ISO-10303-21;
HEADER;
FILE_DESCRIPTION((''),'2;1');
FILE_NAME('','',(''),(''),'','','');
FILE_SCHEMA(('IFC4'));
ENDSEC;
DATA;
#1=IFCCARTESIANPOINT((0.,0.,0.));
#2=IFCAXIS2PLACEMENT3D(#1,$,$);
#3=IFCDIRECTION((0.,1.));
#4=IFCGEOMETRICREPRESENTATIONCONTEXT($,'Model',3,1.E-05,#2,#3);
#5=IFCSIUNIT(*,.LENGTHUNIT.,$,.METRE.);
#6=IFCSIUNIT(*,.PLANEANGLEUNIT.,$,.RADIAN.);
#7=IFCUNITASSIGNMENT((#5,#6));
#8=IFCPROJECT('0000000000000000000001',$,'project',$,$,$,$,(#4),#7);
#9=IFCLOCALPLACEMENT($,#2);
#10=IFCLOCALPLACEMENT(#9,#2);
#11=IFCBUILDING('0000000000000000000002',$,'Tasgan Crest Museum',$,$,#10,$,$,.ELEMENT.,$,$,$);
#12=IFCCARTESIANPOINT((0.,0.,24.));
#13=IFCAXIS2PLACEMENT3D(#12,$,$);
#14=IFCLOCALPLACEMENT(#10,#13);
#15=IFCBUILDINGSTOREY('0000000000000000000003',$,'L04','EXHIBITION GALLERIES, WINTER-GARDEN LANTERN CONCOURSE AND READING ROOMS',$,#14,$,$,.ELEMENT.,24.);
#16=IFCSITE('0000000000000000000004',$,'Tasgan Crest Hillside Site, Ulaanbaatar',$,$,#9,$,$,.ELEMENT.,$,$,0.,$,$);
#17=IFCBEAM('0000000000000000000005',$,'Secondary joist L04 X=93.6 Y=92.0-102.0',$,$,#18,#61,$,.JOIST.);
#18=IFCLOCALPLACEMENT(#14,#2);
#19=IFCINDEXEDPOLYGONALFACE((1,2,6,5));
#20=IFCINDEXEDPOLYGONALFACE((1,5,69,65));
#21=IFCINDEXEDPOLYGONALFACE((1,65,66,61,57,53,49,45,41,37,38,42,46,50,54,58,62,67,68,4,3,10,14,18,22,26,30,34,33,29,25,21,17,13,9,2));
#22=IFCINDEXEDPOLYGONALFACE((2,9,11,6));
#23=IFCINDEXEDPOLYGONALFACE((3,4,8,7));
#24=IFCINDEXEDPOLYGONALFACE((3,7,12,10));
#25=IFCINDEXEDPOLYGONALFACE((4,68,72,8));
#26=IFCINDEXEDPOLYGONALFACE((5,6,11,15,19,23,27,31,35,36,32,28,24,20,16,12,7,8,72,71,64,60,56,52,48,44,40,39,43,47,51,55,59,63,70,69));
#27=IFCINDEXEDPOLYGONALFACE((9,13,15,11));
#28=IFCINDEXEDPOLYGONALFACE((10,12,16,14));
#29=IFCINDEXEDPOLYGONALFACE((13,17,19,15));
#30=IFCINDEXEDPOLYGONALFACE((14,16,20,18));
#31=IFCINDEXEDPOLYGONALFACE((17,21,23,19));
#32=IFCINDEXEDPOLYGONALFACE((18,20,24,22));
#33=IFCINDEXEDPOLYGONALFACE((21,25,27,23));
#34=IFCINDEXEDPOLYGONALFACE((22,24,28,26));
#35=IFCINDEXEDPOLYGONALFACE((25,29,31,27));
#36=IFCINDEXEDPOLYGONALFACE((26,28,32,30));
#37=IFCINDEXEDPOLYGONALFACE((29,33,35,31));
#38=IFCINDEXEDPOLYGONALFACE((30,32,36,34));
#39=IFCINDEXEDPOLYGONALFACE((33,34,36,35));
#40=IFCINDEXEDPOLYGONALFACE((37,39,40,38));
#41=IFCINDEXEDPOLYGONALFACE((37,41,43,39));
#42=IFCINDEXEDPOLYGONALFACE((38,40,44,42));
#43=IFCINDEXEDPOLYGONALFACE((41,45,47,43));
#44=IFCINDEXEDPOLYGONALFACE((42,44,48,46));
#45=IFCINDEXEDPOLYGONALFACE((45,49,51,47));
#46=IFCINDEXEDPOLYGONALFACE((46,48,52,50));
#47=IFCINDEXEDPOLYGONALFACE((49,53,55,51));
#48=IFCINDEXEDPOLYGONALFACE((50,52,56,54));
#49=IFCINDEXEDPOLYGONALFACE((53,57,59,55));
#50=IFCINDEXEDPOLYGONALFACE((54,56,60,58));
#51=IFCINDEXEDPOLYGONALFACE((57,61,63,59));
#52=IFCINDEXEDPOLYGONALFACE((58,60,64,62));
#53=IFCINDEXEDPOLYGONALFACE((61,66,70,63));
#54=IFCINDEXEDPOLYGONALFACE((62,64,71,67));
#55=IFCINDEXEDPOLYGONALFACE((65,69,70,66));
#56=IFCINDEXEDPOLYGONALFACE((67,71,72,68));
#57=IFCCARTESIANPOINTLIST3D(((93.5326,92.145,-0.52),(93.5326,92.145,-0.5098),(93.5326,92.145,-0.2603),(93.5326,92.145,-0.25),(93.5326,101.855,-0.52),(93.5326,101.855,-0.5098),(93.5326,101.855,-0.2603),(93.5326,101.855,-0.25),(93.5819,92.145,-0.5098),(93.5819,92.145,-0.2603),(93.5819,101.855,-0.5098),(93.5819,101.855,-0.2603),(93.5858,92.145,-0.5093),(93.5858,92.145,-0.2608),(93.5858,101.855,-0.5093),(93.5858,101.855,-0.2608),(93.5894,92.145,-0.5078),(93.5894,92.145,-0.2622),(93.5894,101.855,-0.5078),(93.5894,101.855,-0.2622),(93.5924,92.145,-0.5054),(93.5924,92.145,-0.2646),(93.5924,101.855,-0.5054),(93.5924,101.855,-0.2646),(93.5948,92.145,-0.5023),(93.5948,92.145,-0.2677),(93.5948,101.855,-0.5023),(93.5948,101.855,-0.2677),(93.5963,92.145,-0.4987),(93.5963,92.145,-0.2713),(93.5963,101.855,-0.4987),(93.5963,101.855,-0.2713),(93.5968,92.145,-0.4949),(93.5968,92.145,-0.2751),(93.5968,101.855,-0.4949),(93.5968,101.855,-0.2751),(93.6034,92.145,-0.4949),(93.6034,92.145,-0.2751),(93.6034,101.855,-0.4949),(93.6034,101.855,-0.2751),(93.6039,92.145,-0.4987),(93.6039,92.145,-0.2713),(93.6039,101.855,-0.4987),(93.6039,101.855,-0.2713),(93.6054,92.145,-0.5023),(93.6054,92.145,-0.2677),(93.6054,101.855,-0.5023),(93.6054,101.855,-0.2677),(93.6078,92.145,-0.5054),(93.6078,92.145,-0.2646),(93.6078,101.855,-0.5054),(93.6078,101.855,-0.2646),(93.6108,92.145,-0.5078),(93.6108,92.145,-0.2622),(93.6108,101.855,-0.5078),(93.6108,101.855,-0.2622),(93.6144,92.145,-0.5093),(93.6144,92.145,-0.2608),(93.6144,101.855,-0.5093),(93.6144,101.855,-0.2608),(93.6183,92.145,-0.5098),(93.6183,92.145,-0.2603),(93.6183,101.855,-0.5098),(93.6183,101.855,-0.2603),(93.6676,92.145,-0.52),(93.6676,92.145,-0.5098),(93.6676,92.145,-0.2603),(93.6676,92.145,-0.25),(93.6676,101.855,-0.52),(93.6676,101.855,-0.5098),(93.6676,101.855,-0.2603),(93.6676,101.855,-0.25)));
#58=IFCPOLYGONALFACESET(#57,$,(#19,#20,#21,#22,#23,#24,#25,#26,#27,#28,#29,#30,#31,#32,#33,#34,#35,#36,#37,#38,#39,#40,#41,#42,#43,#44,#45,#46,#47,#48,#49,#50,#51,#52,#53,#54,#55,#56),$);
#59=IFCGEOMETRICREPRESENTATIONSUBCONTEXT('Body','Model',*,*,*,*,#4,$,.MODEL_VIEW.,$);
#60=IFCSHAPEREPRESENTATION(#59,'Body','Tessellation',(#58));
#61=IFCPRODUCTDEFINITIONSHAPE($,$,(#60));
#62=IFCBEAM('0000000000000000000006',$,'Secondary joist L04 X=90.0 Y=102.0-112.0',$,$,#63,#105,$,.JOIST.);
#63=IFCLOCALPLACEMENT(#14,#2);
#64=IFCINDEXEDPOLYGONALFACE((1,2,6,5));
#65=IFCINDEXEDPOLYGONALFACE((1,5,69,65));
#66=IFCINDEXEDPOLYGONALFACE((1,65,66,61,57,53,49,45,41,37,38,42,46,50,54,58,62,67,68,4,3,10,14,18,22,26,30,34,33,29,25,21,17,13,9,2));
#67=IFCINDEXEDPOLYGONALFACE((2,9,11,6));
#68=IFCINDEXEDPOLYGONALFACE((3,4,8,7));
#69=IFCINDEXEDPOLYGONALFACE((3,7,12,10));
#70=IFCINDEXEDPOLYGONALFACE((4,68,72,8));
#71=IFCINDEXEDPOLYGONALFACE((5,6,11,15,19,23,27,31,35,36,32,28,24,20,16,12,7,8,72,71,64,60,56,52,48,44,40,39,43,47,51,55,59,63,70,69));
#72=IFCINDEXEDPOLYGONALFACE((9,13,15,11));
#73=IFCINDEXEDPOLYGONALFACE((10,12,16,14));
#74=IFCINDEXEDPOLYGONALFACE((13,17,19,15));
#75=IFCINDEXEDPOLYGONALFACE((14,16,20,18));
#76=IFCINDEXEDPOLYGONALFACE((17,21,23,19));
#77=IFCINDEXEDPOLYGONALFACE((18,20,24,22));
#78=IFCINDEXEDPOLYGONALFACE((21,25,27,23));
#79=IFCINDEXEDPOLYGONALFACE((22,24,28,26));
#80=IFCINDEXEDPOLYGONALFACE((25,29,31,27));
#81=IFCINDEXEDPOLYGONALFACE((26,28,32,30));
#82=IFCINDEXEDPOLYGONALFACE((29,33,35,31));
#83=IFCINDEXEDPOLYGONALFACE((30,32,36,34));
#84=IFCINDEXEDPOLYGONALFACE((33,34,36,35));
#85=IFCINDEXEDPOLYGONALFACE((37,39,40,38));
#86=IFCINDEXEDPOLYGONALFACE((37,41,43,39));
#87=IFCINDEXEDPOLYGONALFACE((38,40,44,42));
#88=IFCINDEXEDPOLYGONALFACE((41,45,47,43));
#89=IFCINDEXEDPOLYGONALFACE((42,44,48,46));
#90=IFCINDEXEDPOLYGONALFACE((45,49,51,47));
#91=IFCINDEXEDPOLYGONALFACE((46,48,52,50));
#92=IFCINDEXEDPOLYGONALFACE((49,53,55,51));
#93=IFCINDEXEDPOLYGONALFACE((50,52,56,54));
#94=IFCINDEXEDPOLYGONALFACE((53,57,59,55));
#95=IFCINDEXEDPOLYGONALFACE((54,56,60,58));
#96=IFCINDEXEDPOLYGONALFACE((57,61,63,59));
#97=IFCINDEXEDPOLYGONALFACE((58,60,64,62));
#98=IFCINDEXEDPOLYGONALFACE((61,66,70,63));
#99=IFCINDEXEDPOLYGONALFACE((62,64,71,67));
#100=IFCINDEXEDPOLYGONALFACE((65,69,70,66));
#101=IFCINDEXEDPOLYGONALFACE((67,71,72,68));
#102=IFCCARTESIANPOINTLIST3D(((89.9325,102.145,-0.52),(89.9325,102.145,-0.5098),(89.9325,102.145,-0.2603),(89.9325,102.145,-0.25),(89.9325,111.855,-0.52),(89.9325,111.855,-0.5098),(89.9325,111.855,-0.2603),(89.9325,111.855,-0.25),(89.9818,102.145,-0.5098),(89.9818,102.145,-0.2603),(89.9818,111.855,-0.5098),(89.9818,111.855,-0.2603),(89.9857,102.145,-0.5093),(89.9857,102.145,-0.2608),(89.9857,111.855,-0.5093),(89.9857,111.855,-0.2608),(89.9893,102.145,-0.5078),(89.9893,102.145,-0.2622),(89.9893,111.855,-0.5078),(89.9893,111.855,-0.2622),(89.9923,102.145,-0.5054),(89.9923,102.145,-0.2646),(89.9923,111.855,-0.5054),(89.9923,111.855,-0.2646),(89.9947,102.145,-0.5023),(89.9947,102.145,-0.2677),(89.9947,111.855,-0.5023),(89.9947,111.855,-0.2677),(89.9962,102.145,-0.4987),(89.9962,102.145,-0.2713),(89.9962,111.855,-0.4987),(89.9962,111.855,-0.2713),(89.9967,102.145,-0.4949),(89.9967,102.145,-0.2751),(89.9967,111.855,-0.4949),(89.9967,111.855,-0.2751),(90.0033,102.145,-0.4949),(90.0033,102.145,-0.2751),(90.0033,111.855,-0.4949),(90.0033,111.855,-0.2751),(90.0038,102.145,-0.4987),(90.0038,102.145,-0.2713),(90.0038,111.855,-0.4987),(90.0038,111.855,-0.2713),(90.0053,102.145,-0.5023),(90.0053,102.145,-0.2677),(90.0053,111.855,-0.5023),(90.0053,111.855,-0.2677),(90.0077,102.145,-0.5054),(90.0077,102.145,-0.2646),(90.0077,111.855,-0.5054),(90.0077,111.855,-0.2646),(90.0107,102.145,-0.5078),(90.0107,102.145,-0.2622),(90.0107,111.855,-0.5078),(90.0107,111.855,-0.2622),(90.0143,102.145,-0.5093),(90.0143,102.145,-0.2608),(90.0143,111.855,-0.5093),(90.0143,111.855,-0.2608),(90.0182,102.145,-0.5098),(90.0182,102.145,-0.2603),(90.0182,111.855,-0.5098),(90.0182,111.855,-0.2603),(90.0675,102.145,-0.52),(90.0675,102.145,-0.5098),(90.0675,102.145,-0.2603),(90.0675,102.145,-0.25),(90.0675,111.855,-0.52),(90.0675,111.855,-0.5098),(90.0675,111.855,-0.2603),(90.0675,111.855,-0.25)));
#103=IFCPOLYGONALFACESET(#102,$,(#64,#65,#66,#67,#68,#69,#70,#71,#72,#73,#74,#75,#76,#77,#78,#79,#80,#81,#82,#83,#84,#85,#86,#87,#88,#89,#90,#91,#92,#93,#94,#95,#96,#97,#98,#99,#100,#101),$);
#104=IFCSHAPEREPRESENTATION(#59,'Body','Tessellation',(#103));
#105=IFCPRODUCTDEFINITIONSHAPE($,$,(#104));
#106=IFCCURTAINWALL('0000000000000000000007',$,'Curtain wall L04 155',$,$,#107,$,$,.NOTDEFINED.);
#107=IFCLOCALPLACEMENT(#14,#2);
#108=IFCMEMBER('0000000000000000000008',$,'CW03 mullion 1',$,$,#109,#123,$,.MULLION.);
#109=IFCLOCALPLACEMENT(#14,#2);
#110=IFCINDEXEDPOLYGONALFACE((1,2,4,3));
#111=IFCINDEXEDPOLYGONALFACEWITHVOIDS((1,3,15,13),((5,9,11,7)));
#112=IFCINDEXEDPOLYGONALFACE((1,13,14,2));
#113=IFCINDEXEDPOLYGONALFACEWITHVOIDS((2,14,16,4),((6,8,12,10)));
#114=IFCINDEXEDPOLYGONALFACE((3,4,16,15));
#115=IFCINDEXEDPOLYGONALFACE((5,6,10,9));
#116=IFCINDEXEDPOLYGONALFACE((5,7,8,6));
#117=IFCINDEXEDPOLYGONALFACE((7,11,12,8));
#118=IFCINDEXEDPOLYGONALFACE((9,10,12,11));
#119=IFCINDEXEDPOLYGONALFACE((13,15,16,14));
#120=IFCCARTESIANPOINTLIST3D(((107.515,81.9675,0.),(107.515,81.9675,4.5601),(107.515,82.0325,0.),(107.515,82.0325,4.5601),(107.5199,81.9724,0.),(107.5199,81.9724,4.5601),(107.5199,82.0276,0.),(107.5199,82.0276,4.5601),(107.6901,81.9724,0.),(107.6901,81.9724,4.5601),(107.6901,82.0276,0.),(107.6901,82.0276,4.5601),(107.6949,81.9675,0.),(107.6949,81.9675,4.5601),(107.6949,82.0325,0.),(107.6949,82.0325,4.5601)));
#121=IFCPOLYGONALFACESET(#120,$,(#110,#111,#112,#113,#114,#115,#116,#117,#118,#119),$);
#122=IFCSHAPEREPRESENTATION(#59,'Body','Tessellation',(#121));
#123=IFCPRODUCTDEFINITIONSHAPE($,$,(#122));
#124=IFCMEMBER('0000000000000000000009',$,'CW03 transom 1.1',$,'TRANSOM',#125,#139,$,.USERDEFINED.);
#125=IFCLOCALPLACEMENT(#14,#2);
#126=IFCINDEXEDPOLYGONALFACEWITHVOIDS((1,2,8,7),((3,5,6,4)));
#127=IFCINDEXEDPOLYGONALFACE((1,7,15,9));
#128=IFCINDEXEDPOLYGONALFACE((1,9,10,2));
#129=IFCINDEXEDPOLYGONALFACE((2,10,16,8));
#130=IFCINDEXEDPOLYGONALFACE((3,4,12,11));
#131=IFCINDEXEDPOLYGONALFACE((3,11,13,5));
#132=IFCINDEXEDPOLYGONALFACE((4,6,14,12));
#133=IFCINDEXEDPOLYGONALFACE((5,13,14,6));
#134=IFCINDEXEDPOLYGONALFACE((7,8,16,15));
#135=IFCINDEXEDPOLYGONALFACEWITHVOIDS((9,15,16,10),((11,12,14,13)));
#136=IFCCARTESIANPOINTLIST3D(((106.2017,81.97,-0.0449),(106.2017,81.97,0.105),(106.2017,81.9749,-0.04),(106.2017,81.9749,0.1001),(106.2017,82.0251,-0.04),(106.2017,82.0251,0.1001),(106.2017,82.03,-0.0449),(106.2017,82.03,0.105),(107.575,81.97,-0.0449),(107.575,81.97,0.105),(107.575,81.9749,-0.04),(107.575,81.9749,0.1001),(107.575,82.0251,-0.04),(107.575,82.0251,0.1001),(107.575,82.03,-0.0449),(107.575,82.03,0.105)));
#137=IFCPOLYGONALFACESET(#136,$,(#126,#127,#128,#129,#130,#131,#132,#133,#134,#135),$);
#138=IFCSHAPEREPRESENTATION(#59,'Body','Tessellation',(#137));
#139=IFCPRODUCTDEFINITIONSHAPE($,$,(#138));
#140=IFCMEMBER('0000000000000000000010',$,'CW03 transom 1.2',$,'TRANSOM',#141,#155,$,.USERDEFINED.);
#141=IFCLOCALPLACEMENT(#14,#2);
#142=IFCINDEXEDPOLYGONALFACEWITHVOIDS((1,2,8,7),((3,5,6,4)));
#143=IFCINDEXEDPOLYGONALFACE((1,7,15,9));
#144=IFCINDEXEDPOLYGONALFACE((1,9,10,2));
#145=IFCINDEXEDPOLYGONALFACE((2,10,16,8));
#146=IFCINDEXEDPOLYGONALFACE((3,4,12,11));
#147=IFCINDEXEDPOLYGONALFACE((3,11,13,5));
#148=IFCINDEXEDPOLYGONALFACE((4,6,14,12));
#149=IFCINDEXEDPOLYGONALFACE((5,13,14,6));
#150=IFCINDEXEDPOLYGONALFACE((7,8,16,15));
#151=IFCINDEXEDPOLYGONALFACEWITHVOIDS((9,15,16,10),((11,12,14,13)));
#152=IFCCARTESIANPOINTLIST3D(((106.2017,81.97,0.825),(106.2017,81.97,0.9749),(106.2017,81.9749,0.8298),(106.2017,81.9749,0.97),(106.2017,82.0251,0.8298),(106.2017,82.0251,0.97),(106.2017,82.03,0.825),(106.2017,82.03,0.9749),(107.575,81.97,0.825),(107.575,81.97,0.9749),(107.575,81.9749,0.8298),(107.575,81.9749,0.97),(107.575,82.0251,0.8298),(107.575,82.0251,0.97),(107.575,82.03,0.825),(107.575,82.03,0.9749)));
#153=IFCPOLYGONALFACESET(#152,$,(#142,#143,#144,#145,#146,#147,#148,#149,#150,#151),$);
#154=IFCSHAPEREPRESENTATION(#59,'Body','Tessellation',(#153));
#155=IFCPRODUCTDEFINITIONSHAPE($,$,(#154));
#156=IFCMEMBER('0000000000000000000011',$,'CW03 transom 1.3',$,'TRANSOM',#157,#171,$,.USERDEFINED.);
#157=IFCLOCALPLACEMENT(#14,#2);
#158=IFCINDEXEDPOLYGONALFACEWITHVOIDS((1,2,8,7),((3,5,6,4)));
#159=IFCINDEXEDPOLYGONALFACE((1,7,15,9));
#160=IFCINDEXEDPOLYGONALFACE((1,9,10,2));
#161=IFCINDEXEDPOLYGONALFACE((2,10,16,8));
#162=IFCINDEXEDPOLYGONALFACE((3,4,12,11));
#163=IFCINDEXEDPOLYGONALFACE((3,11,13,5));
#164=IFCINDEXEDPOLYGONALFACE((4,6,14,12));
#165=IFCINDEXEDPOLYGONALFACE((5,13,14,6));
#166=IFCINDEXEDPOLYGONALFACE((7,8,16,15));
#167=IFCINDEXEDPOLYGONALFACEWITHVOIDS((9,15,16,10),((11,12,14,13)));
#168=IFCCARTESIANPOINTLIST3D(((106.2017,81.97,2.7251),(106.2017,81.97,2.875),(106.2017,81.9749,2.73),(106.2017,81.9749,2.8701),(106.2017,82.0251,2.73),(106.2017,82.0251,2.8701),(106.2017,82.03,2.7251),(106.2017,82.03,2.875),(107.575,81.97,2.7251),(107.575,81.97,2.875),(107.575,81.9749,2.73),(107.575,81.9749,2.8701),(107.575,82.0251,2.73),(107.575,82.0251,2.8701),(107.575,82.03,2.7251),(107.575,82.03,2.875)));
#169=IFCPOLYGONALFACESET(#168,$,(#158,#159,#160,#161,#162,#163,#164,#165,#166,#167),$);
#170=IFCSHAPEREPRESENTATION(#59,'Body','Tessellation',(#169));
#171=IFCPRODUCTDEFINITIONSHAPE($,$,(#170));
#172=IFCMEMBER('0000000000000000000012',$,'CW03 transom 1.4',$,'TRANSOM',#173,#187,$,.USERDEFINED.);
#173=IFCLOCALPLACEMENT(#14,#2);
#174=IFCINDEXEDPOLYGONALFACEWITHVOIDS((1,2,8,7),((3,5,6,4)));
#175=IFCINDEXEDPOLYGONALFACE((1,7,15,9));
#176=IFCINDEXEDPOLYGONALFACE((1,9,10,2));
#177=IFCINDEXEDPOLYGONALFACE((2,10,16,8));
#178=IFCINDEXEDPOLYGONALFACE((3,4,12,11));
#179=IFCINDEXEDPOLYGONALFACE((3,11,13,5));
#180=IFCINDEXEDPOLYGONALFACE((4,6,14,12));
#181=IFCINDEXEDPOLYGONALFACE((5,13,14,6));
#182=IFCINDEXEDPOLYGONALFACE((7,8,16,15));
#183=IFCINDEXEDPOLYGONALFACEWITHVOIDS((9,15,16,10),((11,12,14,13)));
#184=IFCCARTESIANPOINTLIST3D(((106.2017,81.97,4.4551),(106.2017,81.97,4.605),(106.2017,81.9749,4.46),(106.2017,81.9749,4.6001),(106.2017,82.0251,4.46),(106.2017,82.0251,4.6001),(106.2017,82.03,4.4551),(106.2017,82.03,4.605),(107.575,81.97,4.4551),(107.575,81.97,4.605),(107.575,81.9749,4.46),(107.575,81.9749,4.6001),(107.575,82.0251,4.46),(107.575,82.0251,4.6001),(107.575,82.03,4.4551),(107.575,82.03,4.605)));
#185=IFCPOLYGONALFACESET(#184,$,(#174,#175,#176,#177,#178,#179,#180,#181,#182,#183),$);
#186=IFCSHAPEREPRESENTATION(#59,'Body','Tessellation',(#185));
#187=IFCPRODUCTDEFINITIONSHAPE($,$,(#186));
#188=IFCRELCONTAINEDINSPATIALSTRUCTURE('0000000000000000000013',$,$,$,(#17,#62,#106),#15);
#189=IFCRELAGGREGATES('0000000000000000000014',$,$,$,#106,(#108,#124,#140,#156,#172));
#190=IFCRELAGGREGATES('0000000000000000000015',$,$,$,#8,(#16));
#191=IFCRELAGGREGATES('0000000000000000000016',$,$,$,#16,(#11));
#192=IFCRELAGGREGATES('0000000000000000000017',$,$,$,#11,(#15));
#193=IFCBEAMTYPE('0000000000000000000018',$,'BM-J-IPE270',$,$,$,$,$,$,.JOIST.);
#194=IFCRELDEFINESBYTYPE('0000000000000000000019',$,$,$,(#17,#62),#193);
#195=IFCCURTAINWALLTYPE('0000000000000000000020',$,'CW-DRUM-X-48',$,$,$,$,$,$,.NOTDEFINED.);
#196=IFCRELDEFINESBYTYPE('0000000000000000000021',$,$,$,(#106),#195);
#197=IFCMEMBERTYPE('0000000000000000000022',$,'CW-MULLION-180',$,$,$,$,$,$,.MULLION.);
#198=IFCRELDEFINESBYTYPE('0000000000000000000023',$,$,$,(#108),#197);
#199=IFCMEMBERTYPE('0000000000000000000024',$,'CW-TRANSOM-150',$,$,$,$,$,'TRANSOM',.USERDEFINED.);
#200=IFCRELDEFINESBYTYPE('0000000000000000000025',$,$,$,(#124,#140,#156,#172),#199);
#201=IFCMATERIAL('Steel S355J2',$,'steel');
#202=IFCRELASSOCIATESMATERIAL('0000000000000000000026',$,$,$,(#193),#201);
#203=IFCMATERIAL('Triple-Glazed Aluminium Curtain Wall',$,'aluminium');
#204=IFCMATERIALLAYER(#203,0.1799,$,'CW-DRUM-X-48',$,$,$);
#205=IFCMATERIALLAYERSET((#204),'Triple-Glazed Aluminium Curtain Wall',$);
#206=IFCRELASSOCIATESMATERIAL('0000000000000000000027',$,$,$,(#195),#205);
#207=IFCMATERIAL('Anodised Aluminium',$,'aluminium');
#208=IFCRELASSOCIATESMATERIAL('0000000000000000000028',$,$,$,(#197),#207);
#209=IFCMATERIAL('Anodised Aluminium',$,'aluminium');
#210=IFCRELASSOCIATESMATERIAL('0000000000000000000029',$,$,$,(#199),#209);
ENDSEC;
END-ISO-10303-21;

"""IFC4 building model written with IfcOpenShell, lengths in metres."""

from ifc_helpers import new_model, si_unit, direction, frame, origin, origin_2d, place, context, subcontext, project, spatial, hollow_rectangle, i_section, extrude, material, layer, layer_set, material_profile, profile_set, type_object, element, aggregate, save


model = new_model("IFC4")

# Units and contexts
model_context = context("Model", 3, precision=1e-05, world=origin(), true_north=direction((0.0, 1.0)))
body_context = subcontext(model_context, "Body", "Model", "MODEL_VIEW")
ifc_project = project(units=[si_unit("LENGTHUNIT", "METRE"), si_unit("PLANEANGLEUNIT", "RADIAN")], contexts=[model_context])

# Site, building, storey
site_placement = place(None, origin())
site = spatial("IfcSite", under=ifc_project, at=site_placement, Name="Tasgan Crest Hillside Site, Ulaanbaatar", CompositionType="ELEMENT", RefElevation=0.0)
building_placement = place(site_placement, origin())
building = spatial("IfcBuilding", under=site, at=building_placement, Name="Tasgan Crest Museum", CompositionType="ELEMENT")
storey_placement = place(building_placement, frame((0.0, 0.0, 24.0)))
storey = spatial("IfcBuildingStorey", under=building, at=storey_placement, Name="L04", Description="EXHIBITION GALLERIES, WINTER-GARDEN LANTERN CONCOURSE AND READING ROOMS", CompositionType="ELEMENT", Elevation=24.0)

# Beams
ifc_material_1 = material(Name="Steel S355J2", Category="steel")
ifc_material_profile_1 = material_profile(ifc_material_1, i_section(OverallWidth=0.135, OverallDepth=0.27, WebThickness=0.0066, FlangeThickness=0.0103, FilletRadius=0.0149, at=origin_2d()), Name="IPE 270")
ifc_profile_set_1 = profile_set([ifc_material_profile_1], Name="Steel S355J2")
beam_type_1 = type_object("IfcBeamType", Name="BM-J-IPE270", PredefinedType="JOIST", material=ifc_profile_set_1)
for number, where, z_axis, x_axis, name in (
    (1, (93.6001, 92.145, -0.385), (0.0, 1.0, 0.0), (-1.0, 0.0, 0.0), "Secondary joist L04 X=93.6 Y=92.0-102.0"),
    (2, (90.0, 102.145, -0.385), (0.0, 1.0, 0.0), (-1.0, 0.0, 0.0), "Secondary joist L04 X=90.0 Y=102.0-112.0"),
):
    element("IfcBeam", number, at=place(storey_placement, frame(where, z_axis=z_axis, x_axis=x_axis)), inside=storey, type_object=beam_type_1, Name=name, PredefinedType="JOIST", context=body_context, shape_type="SweptSolid", body=[
        extrude(i_section(OverallWidth=0.135, OverallDepth=0.27, WebThickness=0.0066, FlangeThickness=0.0103, FilletRadius=0.0149, at=origin_2d()), origin(), (0.0, 0.0, 1.0), 9.71),
    ])

# Curtain wall, members
ifc_material_2 = material(Name="Triple-Glazed Aluminium Curtain Wall", Category="aluminium")
ifc_layer_1 = layer(ifc_material_2, 0.1799, Name="CW-DRUM-X-48")
ifc_layer_set_1 = layer_set([ifc_layer_1], Name="Triple-Glazed Aluminium Curtain Wall")
curtain_wall_type = type_object("IfcCurtainWallType", Name="CW-DRUM-X-48", PredefinedType="NOTDEFINED", material=ifc_layer_set_1)
curtain_wall_placement = place(storey_placement, origin())
curtain_wall = element("IfcCurtainWall", 3, at=curtain_wall_placement, inside=storey, type_object=curtain_wall_type, Name="Curtain wall L04 155", PredefinedType="NOTDEFINED")
ifc_material_3 = material(Name="Anodised Aluminium", Category="aluminium")
ifc_material_profile_2 = material_profile(ifc_material_3, hollow_rectangle(XDim=0.0649, YDim=0.1799, WallThickness=0.0049, at=origin_2d()), Name="ALU MULLION 180x65x5")
ifc_profile_set_2 = profile_set([ifc_material_profile_2], Name="Anodised Aluminium")
member_type_1 = type_object("IfcMemberType", Name="CW-MULLION-180", PredefinedType="MULLION", material=ifc_profile_set_2)
member_1_placement = place(storey_placement, frame((107.605, 82.0, 0.0), z_axis=(0.0, 0.0, 1.0), x_axis=(0.0, -1.0, 0.0)))
member_1 = element("IfcMember", 4, at=member_1_placement, type_object=member_type_1, Name="CW03 mullion 1", PredefinedType="MULLION", context=body_context, shape_type="SweptSolid", body=[
    extrude(hollow_rectangle(XDim=0.0649, YDim=0.1799, WallThickness=0.0049, at=origin_2d()), origin(), (0.0, 0.0, 1.0), 4.5601),
])
ifc_material_4 = material(Name="Anodised Aluminium", Category="aluminium")
ifc_material_profile_3 = material_profile(ifc_material_4, hollow_rectangle(XDim=0.0601, YDim=0.1499, WallThickness=0.0049, at=origin_2d()), Name="ALU TRANSOM 150x60x5")
ifc_profile_set_3 = profile_set([ifc_material_profile_3], Name="Anodised Aluminium")
member_type_2 = type_object("IfcMemberType", Name="CW-TRANSOM-150", ElementType="TRANSOM", PredefinedType="USERDEFINED", material=ifc_profile_set_3)
member_2_placement = place(storey_placement, frame((107.575, 82.0, 0.03), z_axis=(-1.0, 0.0, 0.0), x_axis=(0.0, -1.0, 0.0)))
member_2 = element("IfcMember", 5, at=member_2_placement, type_object=member_type_2, Name="CW03 transom 1.1", ObjectType="TRANSOM", PredefinedType="USERDEFINED", context=body_context, shape_type="SweptSolid", body=[
    extrude(hollow_rectangle(XDim=0.0601, YDim=0.1499, WallThickness=0.0049, at=origin_2d()), origin(), (0.0, 0.0, 1.0), 1.3733),
])
member_3_placement = place(storey_placement, frame((107.575, 82.0, 0.8999), z_axis=(-1.0, 0.0, 0.0), x_axis=(0.0, -1.0, 0.0)))
member_3 = element("IfcMember", 6, at=member_3_placement, type_object=member_type_2, Name="CW03 transom 1.2", ObjectType="TRANSOM", PredefinedType="USERDEFINED", context=body_context, shape_type="SweptSolid", body=[
    extrude(hollow_rectangle(XDim=0.0601, YDim=0.1499, WallThickness=0.0049, at=origin_2d()), origin(), (0.0, 0.0, 1.0), 1.3733),
])
member_4_placement = place(storey_placement, frame((107.575, 82.0, 2.8), z_axis=(-1.0, 0.0, 0.0), x_axis=(0.0, -1.0, 0.0)))
member_4 = element("IfcMember", 7, at=member_4_placement, type_object=member_type_2, Name="CW03 transom 1.3", ObjectType="TRANSOM", PredefinedType="USERDEFINED", context=body_context, shape_type="SweptSolid", body=[
    extrude(hollow_rectangle(XDim=0.0601, YDim=0.1499, WallThickness=0.0049, at=origin_2d()), origin(), (0.0, 0.0, 1.0), 1.3733),
])
member_5_placement = place(storey_placement, frame((107.575, 82.0, 4.53), z_axis=(-1.0, 0.0, 0.0), x_axis=(0.0, -1.0, 0.0)))
member_5 = element("IfcMember", 8, at=member_5_placement, type_object=member_type_2, Name="CW03 transom 1.4", ObjectType="TRANSOM", PredefinedType="USERDEFINED", context=body_context, shape_type="SweptSolid", body=[
    extrude(hollow_rectangle(XDim=0.0601, YDim=0.1499, WallThickness=0.0049, at=origin_2d()), origin(), (0.0, 0.0, 1.0), 1.3733),
])
aggregate(curtain_wall, [member_1, member_2, member_3, member_4, member_5])

save(model, "model.ifc")
